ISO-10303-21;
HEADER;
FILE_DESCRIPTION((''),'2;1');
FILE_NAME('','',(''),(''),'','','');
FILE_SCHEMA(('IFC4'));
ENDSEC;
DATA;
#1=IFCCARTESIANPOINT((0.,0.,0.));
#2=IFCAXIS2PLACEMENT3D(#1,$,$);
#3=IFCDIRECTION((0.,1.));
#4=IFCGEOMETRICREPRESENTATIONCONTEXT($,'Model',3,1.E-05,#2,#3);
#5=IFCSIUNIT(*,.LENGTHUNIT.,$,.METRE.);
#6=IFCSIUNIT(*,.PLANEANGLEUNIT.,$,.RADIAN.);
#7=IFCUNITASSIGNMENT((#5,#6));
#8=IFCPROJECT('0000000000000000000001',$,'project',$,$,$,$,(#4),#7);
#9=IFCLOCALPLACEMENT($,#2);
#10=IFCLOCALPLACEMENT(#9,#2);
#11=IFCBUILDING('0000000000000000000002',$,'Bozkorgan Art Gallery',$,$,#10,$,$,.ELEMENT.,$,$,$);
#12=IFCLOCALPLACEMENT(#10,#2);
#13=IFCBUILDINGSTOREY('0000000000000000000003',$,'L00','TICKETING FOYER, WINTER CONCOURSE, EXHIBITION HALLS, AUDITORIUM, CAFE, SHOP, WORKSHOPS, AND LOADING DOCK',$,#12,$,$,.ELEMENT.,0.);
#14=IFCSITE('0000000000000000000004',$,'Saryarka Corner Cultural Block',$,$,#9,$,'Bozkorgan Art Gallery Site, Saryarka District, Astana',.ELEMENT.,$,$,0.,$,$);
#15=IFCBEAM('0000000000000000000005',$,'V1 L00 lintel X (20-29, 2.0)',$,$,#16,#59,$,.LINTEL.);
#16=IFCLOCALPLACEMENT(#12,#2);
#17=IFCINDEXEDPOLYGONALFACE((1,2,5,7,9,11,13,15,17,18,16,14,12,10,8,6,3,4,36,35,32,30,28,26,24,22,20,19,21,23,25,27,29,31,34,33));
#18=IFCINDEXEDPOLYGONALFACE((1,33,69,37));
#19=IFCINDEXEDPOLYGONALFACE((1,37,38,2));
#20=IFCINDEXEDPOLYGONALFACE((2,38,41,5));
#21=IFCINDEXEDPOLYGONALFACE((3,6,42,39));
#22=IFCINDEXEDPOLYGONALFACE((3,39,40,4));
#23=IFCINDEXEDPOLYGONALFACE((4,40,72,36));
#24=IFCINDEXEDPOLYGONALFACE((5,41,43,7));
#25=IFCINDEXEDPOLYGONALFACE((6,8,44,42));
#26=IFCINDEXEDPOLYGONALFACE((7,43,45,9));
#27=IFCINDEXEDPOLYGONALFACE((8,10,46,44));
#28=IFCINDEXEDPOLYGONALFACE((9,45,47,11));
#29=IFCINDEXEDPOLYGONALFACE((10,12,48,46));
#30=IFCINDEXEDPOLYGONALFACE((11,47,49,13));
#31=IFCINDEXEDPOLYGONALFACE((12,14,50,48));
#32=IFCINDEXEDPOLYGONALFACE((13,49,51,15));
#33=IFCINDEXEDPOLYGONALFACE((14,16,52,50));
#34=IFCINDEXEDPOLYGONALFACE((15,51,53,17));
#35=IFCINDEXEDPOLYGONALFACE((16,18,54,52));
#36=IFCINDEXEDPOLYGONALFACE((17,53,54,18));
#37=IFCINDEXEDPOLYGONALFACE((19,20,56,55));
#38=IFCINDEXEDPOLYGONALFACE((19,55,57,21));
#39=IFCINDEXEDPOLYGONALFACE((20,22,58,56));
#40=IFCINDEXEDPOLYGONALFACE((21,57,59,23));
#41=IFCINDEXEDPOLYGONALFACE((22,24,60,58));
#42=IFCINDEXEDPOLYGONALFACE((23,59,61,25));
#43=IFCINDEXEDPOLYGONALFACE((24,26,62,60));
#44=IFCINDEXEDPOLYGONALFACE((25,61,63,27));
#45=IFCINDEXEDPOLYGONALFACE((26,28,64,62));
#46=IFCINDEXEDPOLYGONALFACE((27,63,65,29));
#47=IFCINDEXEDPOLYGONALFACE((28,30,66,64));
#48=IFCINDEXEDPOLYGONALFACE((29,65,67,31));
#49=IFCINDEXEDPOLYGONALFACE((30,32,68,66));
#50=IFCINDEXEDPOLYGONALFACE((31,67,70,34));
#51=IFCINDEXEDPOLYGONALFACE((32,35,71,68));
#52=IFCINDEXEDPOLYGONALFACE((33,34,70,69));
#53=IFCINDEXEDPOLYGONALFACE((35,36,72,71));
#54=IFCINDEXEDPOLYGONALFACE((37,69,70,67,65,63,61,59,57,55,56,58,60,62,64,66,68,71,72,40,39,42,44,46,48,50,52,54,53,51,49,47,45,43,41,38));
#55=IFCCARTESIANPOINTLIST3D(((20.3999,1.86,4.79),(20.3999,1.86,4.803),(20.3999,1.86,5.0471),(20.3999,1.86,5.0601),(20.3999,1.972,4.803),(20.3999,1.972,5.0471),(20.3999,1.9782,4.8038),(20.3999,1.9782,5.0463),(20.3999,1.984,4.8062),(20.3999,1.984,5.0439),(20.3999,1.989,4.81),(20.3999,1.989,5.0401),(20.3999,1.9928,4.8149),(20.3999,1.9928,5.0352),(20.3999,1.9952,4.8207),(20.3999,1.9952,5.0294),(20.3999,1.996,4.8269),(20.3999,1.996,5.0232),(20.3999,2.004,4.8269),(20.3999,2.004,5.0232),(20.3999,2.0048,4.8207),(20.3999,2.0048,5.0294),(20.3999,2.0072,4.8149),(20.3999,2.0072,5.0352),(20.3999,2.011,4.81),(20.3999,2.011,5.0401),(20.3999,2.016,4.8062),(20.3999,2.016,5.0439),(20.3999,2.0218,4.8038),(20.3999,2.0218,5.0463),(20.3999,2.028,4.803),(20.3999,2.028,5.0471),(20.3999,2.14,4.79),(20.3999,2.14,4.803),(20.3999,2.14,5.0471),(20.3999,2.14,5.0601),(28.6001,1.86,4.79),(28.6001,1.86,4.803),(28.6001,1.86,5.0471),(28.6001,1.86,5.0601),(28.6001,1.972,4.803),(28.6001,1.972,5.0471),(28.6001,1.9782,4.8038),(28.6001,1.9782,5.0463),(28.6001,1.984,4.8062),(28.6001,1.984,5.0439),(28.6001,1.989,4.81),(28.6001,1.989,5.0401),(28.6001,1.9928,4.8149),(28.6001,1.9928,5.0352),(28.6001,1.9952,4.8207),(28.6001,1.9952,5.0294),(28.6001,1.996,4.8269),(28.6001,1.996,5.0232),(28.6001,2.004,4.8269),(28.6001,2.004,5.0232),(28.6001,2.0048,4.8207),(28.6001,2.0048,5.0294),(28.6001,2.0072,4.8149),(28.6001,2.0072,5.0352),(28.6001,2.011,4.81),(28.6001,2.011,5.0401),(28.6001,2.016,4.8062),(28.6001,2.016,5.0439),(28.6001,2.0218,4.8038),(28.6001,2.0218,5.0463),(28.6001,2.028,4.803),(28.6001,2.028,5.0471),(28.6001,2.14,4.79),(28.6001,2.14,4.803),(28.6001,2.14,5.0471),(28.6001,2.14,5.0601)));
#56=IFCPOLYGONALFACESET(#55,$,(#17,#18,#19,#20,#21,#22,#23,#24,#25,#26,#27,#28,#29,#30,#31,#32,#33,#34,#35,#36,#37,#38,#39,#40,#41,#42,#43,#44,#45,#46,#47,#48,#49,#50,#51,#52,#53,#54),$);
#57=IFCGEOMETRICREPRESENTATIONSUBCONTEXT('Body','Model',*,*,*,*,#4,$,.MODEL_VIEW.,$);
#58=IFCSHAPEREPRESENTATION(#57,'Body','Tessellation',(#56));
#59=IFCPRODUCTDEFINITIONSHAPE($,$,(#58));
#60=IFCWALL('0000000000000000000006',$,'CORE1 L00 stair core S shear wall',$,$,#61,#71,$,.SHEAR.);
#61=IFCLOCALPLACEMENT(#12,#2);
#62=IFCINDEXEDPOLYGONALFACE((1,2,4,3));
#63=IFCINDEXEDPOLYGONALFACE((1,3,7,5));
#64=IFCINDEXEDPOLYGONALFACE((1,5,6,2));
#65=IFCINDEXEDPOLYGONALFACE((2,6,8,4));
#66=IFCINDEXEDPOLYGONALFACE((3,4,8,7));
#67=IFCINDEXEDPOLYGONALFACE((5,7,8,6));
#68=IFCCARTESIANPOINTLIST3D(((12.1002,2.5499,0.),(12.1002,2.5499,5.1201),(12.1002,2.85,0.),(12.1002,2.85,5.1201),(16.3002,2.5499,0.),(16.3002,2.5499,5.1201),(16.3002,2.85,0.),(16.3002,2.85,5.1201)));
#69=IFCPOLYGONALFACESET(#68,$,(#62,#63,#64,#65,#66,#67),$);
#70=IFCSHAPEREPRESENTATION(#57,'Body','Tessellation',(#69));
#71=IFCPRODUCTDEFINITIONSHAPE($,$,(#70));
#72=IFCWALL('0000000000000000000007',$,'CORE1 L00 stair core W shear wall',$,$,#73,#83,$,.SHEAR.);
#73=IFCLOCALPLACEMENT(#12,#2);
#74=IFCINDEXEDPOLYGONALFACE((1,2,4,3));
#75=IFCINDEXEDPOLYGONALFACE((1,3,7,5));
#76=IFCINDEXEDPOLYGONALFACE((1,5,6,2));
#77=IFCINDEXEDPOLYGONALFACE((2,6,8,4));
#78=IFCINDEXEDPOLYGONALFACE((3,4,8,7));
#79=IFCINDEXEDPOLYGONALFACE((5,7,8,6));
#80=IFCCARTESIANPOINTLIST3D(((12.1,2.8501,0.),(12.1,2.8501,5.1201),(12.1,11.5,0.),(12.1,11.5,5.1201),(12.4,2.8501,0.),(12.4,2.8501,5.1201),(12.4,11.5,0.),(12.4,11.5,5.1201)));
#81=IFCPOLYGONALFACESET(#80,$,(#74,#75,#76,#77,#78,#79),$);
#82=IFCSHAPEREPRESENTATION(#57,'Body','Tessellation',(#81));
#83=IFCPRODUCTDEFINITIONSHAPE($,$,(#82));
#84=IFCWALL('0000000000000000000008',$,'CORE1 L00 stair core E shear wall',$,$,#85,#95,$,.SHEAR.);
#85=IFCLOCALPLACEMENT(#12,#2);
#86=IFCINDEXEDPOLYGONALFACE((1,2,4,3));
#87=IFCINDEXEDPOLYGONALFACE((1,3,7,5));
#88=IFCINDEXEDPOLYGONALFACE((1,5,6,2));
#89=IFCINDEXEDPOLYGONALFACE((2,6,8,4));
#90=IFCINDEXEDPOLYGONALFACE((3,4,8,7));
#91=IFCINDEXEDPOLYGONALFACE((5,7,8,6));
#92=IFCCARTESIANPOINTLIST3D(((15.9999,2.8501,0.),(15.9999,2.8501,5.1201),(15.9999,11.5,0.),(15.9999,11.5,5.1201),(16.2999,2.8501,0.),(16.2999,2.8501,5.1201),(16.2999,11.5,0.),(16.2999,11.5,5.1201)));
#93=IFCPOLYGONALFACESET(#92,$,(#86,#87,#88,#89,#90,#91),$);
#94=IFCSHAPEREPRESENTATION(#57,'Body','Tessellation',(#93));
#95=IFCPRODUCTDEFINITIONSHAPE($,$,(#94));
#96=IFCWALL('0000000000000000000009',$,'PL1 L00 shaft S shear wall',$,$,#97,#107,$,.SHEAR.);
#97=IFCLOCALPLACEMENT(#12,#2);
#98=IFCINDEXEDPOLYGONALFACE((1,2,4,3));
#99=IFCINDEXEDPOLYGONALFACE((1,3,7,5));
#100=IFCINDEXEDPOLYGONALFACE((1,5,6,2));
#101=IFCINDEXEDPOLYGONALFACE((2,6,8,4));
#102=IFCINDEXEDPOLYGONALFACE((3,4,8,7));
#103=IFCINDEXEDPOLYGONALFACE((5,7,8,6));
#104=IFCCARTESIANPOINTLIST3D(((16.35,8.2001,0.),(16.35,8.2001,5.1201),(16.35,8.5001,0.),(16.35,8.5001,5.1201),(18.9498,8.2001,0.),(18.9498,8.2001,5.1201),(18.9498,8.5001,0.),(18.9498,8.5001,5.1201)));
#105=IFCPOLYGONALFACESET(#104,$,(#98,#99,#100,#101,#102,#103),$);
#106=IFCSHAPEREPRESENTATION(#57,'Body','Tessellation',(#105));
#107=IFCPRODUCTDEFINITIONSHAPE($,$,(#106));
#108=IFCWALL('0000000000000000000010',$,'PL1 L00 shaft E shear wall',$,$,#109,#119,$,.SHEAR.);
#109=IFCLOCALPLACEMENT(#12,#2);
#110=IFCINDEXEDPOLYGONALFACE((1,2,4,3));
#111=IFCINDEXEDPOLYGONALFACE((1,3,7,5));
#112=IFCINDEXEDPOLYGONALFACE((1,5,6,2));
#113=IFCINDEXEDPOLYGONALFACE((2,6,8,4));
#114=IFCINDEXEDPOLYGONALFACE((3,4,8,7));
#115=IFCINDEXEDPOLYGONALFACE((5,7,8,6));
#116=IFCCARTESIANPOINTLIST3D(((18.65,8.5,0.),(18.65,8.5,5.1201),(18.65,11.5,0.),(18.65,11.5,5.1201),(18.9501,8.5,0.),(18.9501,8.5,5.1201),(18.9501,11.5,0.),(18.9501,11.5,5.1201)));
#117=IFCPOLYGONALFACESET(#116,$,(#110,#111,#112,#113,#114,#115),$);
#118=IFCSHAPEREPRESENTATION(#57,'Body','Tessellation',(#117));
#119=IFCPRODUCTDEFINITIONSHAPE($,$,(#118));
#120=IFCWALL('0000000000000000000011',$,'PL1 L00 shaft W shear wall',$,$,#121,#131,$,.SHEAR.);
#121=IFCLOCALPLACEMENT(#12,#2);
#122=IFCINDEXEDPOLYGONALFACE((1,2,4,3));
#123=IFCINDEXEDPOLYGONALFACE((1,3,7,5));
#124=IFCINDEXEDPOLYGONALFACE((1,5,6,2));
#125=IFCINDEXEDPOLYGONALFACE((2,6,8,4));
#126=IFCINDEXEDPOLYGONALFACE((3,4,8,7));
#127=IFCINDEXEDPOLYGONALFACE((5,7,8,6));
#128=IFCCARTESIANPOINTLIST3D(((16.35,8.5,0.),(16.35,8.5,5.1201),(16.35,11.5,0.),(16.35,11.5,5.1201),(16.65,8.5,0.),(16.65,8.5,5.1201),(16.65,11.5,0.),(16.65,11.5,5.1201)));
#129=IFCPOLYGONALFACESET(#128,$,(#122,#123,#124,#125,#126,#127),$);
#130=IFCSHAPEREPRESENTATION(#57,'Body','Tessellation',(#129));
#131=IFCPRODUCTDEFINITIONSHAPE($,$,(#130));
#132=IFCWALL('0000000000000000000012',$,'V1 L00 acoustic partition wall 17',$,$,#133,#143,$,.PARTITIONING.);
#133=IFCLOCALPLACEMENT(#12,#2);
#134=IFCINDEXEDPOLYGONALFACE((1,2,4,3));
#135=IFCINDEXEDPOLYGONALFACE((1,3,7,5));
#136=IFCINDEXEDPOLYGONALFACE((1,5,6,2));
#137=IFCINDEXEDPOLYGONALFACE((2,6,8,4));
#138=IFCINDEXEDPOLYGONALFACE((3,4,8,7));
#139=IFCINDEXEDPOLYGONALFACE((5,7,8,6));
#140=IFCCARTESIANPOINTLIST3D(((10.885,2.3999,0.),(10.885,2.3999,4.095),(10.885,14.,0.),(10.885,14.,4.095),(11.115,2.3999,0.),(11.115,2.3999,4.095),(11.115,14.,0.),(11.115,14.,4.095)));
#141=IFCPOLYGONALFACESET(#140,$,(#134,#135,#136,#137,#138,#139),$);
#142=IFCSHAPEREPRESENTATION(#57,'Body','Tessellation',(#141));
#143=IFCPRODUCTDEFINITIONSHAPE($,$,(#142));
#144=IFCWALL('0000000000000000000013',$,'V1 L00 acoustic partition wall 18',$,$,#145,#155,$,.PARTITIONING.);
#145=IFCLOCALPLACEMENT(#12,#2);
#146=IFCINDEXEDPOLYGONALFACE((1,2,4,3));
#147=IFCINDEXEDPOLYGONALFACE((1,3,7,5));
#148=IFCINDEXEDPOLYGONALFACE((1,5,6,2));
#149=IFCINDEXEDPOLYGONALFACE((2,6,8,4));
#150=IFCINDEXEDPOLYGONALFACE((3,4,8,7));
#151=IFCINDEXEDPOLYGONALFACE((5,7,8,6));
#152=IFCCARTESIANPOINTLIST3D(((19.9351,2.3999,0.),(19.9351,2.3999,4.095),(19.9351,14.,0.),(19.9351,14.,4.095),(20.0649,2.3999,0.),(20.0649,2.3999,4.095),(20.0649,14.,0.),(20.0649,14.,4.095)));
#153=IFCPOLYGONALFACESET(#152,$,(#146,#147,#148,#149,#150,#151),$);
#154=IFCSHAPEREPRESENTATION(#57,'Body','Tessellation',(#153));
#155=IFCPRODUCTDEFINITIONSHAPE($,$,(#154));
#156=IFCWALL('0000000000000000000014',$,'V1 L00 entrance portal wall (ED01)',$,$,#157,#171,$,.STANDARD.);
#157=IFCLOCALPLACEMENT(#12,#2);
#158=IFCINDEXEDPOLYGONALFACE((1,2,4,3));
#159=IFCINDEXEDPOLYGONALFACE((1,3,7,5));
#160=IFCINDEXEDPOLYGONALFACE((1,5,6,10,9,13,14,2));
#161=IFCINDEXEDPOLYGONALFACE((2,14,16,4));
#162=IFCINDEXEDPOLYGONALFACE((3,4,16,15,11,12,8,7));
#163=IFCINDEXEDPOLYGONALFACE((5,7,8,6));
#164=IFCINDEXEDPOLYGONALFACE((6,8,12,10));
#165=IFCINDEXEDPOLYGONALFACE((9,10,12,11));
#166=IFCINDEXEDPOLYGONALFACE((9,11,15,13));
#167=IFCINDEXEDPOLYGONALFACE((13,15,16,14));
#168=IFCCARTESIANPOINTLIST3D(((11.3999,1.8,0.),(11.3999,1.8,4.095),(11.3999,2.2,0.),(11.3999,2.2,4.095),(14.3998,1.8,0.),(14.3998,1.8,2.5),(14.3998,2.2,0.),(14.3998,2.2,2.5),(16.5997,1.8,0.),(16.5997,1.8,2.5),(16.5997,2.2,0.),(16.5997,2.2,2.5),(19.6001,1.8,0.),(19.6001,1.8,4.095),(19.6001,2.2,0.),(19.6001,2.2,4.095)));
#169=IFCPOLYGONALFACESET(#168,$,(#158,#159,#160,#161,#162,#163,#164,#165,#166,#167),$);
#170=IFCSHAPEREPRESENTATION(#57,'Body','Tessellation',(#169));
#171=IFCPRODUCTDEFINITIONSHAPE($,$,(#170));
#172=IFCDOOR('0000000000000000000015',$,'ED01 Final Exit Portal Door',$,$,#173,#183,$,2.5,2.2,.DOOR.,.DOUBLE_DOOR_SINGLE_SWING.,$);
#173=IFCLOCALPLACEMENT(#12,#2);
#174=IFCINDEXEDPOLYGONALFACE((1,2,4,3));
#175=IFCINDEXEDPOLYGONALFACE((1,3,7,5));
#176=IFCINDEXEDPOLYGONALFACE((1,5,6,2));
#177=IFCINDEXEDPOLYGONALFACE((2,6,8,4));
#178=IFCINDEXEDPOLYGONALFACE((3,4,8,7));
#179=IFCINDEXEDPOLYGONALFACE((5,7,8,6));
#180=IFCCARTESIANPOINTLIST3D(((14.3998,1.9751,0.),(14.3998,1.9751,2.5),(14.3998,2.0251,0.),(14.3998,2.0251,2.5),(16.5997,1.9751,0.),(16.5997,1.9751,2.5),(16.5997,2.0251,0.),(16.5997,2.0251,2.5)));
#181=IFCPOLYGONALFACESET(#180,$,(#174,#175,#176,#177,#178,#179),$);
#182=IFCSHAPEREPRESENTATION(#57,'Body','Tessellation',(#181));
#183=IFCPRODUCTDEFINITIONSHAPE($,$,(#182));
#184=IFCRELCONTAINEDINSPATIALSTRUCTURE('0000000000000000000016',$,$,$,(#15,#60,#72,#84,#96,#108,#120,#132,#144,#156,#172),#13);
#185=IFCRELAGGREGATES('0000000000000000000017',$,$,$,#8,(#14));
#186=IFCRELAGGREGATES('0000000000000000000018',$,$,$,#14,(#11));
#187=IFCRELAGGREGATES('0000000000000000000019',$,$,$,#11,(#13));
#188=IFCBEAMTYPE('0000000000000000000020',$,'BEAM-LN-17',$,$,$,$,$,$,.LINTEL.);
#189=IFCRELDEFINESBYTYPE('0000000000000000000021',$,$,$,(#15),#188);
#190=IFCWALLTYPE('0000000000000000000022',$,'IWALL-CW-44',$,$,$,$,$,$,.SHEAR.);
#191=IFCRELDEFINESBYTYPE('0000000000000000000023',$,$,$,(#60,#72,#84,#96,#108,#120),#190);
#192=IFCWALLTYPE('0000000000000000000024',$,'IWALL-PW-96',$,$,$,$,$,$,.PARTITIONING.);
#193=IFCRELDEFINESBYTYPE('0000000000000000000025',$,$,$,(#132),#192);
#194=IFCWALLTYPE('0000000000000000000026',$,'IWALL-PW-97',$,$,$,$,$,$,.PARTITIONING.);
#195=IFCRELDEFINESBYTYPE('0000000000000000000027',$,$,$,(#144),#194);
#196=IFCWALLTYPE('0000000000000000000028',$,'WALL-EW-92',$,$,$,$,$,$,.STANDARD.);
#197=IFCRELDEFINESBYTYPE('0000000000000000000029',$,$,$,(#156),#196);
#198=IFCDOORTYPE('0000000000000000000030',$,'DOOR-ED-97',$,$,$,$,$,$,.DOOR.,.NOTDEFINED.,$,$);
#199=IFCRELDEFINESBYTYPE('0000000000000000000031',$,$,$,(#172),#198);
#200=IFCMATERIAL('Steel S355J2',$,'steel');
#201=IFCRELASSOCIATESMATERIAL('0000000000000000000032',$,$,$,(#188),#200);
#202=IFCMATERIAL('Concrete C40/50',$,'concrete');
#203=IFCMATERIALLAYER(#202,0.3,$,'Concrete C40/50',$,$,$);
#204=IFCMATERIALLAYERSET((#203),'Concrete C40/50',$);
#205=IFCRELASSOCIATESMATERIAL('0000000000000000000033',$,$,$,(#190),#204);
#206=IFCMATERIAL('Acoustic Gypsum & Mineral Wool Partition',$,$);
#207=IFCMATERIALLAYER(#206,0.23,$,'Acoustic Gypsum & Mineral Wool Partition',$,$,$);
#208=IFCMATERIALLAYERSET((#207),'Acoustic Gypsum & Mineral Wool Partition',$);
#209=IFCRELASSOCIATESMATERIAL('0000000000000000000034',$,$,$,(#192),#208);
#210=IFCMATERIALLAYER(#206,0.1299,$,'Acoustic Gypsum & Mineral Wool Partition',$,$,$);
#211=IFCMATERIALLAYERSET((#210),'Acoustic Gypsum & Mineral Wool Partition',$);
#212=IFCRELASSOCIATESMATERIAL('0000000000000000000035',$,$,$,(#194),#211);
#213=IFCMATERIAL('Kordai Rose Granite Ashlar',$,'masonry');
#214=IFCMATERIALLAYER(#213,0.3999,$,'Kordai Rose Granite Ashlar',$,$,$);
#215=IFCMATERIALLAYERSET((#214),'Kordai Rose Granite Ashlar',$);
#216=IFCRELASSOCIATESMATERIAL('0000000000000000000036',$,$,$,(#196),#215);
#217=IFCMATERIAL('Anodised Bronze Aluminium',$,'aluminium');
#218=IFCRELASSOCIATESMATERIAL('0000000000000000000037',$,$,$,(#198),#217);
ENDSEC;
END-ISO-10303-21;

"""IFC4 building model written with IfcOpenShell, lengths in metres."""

from ifc_helpers import new_model, si_unit, direction, frame, frame_2d, origin, origin_2d, place, context, subcontext, project, spatial, rectangle, i_section, extrude, material, layer, layer_set, material_profile, profile_set, type_object, element, fill, save


model = new_model("IFC4")

# Units and contexts
model_context = context("Model", 3, precision=1e-05, world=origin(), true_north=direction((0.0, 1.0)))
body_context = subcontext(model_context, "Body", "Model", "MODEL_VIEW")
ifc_project = project(units=[si_unit("LENGTHUNIT", "METRE"), si_unit("PLANEANGLEUNIT", "RADIAN")], contexts=[model_context])

# Site, building, storey
site_placement = place(None, origin())
site = spatial("IfcSite", under=ifc_project, at=site_placement, Name="Saryarka Corner Cultural Block", LongName="Bozkorgan Art Gallery Site, Saryarka District, Astana", CompositionType="ELEMENT", RefElevation=0.0)
building_placement = place(site_placement, origin())
building = spatial("IfcBuilding", under=site, at=building_placement, Name="Bozkorgan Art Gallery", CompositionType="ELEMENT")
storey_placement = place(building_placement, origin())
storey = spatial("IfcBuildingStorey", under=building, at=storey_placement, Name="L00", Description="TICKETING FOYER, WINTER CONCOURSE, EXHIBITION HALLS, AUDITORIUM, CAFE, SHOP, WORKSHOPS, AND LOADING DOCK", CompositionType="ELEMENT", Elevation=0.0)

# Shared definitions
ifc_material_1 = material(Name="Concrete C40/50", Category="concrete")

# Beam
ifc_material_2 = material(Name="Steel S355J2", Category="steel")
ifc_material_profile_1 = material_profile(ifc_material_2, i_section(OverallWidth=0.28, OverallDepth=0.27, WebThickness=0.0081, FlangeThickness=0.0129, FilletRadius=0.0239, at=origin_2d()), Name="HEA 280")
ifc_profile_set_1 = profile_set([ifc_material_profile_1], Name="Steel S355J2")
beam_type_1 = type_object("IfcBeamType", Name="BEAM-LN-17", PredefinedType="LINTEL", material=ifc_profile_set_1)
for number, where, z_axis, x_axis, name in (
    (1, (20.3999, 2.0, 4.925), (1.0, 0.0, 0.0), (0.0, 1.0, 0.0), "V1 L00 lintel X (20-29, 2.0)"),
):
    element("IfcBeam", number, at=place(storey_placement, frame(where, z_axis=z_axis, x_axis=x_axis)), inside=storey, type_object=beam_type_1, Name=name, PredefinedType="LINTEL", context=body_context, shape_type="SweptSolid", body=[
        extrude(i_section(OverallWidth=0.28, OverallDepth=0.27, WebThickness=0.0081, FlangeThickness=0.0129, FilletRadius=0.0239, at=origin_2d()), origin(), (0.0, 0.0, 1.0), 8.2002),
    ])

# Walls
ifc_layer_1 = layer(ifc_material_1, 0.3, Name="Concrete C40/50")
ifc_layer_set_1 = layer_set([ifc_layer_1], Name="Concrete C40/50")
wall_type_1 = type_object("IfcWallType", Name="IWALL-CW-44", PredefinedType="SHEAR", material=ifc_layer_set_1)
wall_1_placement = place(storey_placement, frame((12.1001, 2.7, 0.0), z_axis=(0.0, 0.0, 1.0), x_axis=(1.0, 0.0, 0.0)))
element("IfcWall", 2, at=wall_1_placement, inside=storey, type_object=wall_type_1, Name="CORE1 L00 stair core S shear wall", PredefinedType="SHEAR", context=body_context, shape_type="SweptSolid", body=[
    extrude(rectangle(XDim=4.2, YDim=0.3, at=frame_2d((2.1001, 0.0))), origin(), (0.0, 0.0, 1.0), 5.1201),
])
for number, where, z_axis, x_axis, name in (
    (3, (12.25, 2.8501, 0.0), (0.0, 0.0, 1.0), (0.0, 1.0, 0.0), "CORE1 L00 stair core W shear wall"),
    (4, (16.1499, 2.8501, 0.0), (0.0, 0.0, 1.0), (0.0, 1.0, 0.0), "CORE1 L00 stair core E shear wall"),
):
    element("IfcWall", number, at=place(storey_placement, frame(where, z_axis=z_axis, x_axis=x_axis)), inside=storey, type_object=wall_type_1, Name=name, PredefinedType="SHEAR", context=body_context, shape_type="SweptSolid", body=[
        extrude(rectangle(XDim=8.6499, YDim=0.3, at=frame_2d((4.325, 0.0))), origin(), (0.0, 0.0, 1.0), 5.1201),
    ])
wall_2_placement = place(storey_placement, frame((16.3501, 8.3501, 0.0), z_axis=(0.0, 0.0, 1.0), x_axis=(1.0, 0.0, 0.0)))
element("IfcWall", 5, at=wall_2_placement, inside=storey, type_object=wall_type_1, Name="PL1 L00 shaft S shear wall", PredefinedType="SHEAR", context=body_context, shape_type="SweptSolid", body=[
    extrude(rectangle(XDim=2.5999, YDim=0.3, at=frame_2d((1.2998, 0.0))), origin(), (0.0, 0.0, 1.0), 5.1201),
])
for number, where, z_axis, x_axis, name in (
    (6, (18.8, 8.5, 0.0), (0.0, 0.0, 1.0), (0.0, 1.0, 0.0), "PL1 L00 shaft E shear wall"),
    (7, (16.5, 8.5, 0.0), (0.0, 0.0, 1.0), (0.0, 1.0, 0.0), "PL1 L00 shaft W shear wall"),
):
    element("IfcWall", number, at=place(storey_placement, frame(where, z_axis=z_axis, x_axis=x_axis)), inside=storey, type_object=wall_type_1, Name=name, PredefinedType="SHEAR", context=body_context, shape_type="SweptSolid", body=[
        extrude(rectangle(XDim=3.0, YDim=0.3, at=frame_2d((1.5, 0.0))), origin(), (0.0, 0.0, 1.0), 5.1201),
    ])
ifc_material_3 = material(Name="Acoustic Gypsum & Mineral Wool Partition")
ifc_layer_2 = layer(ifc_material_3, 0.23, Name="Acoustic Gypsum & Mineral Wool Partition")
ifc_layer_set_2 = layer_set([ifc_layer_2], Name="Acoustic Gypsum & Mineral Wool Partition")
wall_type_2 = type_object("IfcWallType", Name="IWALL-PW-96", PredefinedType="PARTITIONING", material=ifc_layer_set_2)
wall_3_placement = place(storey_placement, frame((11.0, 2.3999, 0.0), z_axis=(0.0, 0.0, 1.0), x_axis=(0.0, 1.0, 0.0)))
element("IfcWall", 8, at=wall_3_placement, inside=storey, type_object=wall_type_2, Name="V1 L00 acoustic partition wall 17", PredefinedType="PARTITIONING", context=body_context, shape_type="SweptSolid", body=[
    extrude(rectangle(XDim=11.6001, YDim=0.23, at=frame_2d((5.8, 0.0))), origin(), (0.0, 0.0, 1.0), 4.095),
])
ifc_layer_3 = layer(ifc_material_3, 0.1299, Name="Acoustic Gypsum & Mineral Wool Partition")
ifc_layer_set_3 = layer_set([ifc_layer_3], Name="Acoustic Gypsum & Mineral Wool Partition")
wall_type_3 = type_object("IfcWallType", Name="IWALL-PW-97", PredefinedType="PARTITIONING", material=ifc_layer_set_3)
wall_4_placement = place(storey_placement, frame((20.0, 2.3999, 0.0), z_axis=(0.0, 0.0, 1.0), x_axis=(0.0, 1.0, 0.0)))
element("IfcWall", 9, at=wall_4_placement, inside=storey, type_object=wall_type_3, Name="V1 L00 acoustic partition wall 18", PredefinedType="PARTITIONING", context=body_context, shape_type="SweptSolid", body=[
    extrude(rectangle(XDim=11.6001, YDim=0.1299, at=frame_2d((5.8, 0.0))), origin(), (0.0, 0.0, 1.0), 4.095),
])

# Wall, opening, door
ifc_material_4 = material(Name="Kordai Rose Granite Ashlar", Category="masonry")
ifc_layer_4 = layer(ifc_material_4, 0.3999, Name="Kordai Rose Granite Ashlar")
ifc_layer_set_4 = layer_set([ifc_layer_4], Name="Kordai Rose Granite Ashlar")
wall_type_4 = type_object("IfcWallType", Name="WALL-EW-92", PredefinedType="STANDARD", material=ifc_layer_set_4)
wall_5_placement = place(storey_placement, frame((11.3999, 2.0, 0.0), z_axis=(0.0, 0.0, 1.0), x_axis=(1.0, 0.0, 0.0)))
wall_5 = element("IfcWall", 10, at=wall_5_placement, inside=storey, type_object=wall_type_4, Name="V1 L00 entrance portal wall (ED01)", PredefinedType="STANDARD", context=body_context, shape_type="SweptSolid", body=[
    extrude(rectangle(XDim=8.2002, YDim=0.3999, at=frame_2d((4.1001, 0.0))), origin(), (0.0, 0.0, 1.0), 4.095),
])
opening_placement = place(wall_5_placement, frame((5.2, 0.0, 0.0), z_axis=(0.0, 0.0, 1.0), x_axis=(-1.0, 0.0, 0.0)))
opening = element("IfcOpeningElement", 11, at=opening_placement, cuts=wall_5, PredefinedType="OPENING", context=body_context, shape_type="SweptSolid", body=[
    extrude(rectangle(XDim=2.2, YDim=2.5, at=frame_2d((1.1001, 1.25))), frame((0.0, 0.21, 0.0), z_axis=(0.0, -1.0, 0.0), x_axis=(1.0, 0.0, 0.0)), (0.0, 0.0, 1.0), 0.4199),
])
ifc_material_5 = material(Name="Anodised Bronze Aluminium", Category="aluminium")
door_type = type_object("IfcDoorType", Name="DOOR-ED-97", OperationType="NOTDEFINED", PredefinedType="DOOR", material=ifc_material_5)
door_placement = place(opening_placement, origin())
door = element("IfcDoor", 12, at=door_placement, inside=storey, type_object=door_type, Name="ED01 Final Exit Portal Door", OperationType="DOUBLE_DOOR_SINGLE_SWING", OverallHeight=2.5, OverallWidth=2.2, PredefinedType="DOOR", context=body_context, shape_type="SweptSolid", body=[
    extrude(rectangle(XDim=2.2, YDim=2.5, at=frame_2d((1.1001, 1.25))), frame((0.0, 0.0249, 0.0), z_axis=(0.0, -1.0, 0.0), x_axis=(1.0, 0.0, 0.0)), (0.0, 0.0, 1.0), 0.05),
])
fill(opening, door)

save(model, "model.ifc")
